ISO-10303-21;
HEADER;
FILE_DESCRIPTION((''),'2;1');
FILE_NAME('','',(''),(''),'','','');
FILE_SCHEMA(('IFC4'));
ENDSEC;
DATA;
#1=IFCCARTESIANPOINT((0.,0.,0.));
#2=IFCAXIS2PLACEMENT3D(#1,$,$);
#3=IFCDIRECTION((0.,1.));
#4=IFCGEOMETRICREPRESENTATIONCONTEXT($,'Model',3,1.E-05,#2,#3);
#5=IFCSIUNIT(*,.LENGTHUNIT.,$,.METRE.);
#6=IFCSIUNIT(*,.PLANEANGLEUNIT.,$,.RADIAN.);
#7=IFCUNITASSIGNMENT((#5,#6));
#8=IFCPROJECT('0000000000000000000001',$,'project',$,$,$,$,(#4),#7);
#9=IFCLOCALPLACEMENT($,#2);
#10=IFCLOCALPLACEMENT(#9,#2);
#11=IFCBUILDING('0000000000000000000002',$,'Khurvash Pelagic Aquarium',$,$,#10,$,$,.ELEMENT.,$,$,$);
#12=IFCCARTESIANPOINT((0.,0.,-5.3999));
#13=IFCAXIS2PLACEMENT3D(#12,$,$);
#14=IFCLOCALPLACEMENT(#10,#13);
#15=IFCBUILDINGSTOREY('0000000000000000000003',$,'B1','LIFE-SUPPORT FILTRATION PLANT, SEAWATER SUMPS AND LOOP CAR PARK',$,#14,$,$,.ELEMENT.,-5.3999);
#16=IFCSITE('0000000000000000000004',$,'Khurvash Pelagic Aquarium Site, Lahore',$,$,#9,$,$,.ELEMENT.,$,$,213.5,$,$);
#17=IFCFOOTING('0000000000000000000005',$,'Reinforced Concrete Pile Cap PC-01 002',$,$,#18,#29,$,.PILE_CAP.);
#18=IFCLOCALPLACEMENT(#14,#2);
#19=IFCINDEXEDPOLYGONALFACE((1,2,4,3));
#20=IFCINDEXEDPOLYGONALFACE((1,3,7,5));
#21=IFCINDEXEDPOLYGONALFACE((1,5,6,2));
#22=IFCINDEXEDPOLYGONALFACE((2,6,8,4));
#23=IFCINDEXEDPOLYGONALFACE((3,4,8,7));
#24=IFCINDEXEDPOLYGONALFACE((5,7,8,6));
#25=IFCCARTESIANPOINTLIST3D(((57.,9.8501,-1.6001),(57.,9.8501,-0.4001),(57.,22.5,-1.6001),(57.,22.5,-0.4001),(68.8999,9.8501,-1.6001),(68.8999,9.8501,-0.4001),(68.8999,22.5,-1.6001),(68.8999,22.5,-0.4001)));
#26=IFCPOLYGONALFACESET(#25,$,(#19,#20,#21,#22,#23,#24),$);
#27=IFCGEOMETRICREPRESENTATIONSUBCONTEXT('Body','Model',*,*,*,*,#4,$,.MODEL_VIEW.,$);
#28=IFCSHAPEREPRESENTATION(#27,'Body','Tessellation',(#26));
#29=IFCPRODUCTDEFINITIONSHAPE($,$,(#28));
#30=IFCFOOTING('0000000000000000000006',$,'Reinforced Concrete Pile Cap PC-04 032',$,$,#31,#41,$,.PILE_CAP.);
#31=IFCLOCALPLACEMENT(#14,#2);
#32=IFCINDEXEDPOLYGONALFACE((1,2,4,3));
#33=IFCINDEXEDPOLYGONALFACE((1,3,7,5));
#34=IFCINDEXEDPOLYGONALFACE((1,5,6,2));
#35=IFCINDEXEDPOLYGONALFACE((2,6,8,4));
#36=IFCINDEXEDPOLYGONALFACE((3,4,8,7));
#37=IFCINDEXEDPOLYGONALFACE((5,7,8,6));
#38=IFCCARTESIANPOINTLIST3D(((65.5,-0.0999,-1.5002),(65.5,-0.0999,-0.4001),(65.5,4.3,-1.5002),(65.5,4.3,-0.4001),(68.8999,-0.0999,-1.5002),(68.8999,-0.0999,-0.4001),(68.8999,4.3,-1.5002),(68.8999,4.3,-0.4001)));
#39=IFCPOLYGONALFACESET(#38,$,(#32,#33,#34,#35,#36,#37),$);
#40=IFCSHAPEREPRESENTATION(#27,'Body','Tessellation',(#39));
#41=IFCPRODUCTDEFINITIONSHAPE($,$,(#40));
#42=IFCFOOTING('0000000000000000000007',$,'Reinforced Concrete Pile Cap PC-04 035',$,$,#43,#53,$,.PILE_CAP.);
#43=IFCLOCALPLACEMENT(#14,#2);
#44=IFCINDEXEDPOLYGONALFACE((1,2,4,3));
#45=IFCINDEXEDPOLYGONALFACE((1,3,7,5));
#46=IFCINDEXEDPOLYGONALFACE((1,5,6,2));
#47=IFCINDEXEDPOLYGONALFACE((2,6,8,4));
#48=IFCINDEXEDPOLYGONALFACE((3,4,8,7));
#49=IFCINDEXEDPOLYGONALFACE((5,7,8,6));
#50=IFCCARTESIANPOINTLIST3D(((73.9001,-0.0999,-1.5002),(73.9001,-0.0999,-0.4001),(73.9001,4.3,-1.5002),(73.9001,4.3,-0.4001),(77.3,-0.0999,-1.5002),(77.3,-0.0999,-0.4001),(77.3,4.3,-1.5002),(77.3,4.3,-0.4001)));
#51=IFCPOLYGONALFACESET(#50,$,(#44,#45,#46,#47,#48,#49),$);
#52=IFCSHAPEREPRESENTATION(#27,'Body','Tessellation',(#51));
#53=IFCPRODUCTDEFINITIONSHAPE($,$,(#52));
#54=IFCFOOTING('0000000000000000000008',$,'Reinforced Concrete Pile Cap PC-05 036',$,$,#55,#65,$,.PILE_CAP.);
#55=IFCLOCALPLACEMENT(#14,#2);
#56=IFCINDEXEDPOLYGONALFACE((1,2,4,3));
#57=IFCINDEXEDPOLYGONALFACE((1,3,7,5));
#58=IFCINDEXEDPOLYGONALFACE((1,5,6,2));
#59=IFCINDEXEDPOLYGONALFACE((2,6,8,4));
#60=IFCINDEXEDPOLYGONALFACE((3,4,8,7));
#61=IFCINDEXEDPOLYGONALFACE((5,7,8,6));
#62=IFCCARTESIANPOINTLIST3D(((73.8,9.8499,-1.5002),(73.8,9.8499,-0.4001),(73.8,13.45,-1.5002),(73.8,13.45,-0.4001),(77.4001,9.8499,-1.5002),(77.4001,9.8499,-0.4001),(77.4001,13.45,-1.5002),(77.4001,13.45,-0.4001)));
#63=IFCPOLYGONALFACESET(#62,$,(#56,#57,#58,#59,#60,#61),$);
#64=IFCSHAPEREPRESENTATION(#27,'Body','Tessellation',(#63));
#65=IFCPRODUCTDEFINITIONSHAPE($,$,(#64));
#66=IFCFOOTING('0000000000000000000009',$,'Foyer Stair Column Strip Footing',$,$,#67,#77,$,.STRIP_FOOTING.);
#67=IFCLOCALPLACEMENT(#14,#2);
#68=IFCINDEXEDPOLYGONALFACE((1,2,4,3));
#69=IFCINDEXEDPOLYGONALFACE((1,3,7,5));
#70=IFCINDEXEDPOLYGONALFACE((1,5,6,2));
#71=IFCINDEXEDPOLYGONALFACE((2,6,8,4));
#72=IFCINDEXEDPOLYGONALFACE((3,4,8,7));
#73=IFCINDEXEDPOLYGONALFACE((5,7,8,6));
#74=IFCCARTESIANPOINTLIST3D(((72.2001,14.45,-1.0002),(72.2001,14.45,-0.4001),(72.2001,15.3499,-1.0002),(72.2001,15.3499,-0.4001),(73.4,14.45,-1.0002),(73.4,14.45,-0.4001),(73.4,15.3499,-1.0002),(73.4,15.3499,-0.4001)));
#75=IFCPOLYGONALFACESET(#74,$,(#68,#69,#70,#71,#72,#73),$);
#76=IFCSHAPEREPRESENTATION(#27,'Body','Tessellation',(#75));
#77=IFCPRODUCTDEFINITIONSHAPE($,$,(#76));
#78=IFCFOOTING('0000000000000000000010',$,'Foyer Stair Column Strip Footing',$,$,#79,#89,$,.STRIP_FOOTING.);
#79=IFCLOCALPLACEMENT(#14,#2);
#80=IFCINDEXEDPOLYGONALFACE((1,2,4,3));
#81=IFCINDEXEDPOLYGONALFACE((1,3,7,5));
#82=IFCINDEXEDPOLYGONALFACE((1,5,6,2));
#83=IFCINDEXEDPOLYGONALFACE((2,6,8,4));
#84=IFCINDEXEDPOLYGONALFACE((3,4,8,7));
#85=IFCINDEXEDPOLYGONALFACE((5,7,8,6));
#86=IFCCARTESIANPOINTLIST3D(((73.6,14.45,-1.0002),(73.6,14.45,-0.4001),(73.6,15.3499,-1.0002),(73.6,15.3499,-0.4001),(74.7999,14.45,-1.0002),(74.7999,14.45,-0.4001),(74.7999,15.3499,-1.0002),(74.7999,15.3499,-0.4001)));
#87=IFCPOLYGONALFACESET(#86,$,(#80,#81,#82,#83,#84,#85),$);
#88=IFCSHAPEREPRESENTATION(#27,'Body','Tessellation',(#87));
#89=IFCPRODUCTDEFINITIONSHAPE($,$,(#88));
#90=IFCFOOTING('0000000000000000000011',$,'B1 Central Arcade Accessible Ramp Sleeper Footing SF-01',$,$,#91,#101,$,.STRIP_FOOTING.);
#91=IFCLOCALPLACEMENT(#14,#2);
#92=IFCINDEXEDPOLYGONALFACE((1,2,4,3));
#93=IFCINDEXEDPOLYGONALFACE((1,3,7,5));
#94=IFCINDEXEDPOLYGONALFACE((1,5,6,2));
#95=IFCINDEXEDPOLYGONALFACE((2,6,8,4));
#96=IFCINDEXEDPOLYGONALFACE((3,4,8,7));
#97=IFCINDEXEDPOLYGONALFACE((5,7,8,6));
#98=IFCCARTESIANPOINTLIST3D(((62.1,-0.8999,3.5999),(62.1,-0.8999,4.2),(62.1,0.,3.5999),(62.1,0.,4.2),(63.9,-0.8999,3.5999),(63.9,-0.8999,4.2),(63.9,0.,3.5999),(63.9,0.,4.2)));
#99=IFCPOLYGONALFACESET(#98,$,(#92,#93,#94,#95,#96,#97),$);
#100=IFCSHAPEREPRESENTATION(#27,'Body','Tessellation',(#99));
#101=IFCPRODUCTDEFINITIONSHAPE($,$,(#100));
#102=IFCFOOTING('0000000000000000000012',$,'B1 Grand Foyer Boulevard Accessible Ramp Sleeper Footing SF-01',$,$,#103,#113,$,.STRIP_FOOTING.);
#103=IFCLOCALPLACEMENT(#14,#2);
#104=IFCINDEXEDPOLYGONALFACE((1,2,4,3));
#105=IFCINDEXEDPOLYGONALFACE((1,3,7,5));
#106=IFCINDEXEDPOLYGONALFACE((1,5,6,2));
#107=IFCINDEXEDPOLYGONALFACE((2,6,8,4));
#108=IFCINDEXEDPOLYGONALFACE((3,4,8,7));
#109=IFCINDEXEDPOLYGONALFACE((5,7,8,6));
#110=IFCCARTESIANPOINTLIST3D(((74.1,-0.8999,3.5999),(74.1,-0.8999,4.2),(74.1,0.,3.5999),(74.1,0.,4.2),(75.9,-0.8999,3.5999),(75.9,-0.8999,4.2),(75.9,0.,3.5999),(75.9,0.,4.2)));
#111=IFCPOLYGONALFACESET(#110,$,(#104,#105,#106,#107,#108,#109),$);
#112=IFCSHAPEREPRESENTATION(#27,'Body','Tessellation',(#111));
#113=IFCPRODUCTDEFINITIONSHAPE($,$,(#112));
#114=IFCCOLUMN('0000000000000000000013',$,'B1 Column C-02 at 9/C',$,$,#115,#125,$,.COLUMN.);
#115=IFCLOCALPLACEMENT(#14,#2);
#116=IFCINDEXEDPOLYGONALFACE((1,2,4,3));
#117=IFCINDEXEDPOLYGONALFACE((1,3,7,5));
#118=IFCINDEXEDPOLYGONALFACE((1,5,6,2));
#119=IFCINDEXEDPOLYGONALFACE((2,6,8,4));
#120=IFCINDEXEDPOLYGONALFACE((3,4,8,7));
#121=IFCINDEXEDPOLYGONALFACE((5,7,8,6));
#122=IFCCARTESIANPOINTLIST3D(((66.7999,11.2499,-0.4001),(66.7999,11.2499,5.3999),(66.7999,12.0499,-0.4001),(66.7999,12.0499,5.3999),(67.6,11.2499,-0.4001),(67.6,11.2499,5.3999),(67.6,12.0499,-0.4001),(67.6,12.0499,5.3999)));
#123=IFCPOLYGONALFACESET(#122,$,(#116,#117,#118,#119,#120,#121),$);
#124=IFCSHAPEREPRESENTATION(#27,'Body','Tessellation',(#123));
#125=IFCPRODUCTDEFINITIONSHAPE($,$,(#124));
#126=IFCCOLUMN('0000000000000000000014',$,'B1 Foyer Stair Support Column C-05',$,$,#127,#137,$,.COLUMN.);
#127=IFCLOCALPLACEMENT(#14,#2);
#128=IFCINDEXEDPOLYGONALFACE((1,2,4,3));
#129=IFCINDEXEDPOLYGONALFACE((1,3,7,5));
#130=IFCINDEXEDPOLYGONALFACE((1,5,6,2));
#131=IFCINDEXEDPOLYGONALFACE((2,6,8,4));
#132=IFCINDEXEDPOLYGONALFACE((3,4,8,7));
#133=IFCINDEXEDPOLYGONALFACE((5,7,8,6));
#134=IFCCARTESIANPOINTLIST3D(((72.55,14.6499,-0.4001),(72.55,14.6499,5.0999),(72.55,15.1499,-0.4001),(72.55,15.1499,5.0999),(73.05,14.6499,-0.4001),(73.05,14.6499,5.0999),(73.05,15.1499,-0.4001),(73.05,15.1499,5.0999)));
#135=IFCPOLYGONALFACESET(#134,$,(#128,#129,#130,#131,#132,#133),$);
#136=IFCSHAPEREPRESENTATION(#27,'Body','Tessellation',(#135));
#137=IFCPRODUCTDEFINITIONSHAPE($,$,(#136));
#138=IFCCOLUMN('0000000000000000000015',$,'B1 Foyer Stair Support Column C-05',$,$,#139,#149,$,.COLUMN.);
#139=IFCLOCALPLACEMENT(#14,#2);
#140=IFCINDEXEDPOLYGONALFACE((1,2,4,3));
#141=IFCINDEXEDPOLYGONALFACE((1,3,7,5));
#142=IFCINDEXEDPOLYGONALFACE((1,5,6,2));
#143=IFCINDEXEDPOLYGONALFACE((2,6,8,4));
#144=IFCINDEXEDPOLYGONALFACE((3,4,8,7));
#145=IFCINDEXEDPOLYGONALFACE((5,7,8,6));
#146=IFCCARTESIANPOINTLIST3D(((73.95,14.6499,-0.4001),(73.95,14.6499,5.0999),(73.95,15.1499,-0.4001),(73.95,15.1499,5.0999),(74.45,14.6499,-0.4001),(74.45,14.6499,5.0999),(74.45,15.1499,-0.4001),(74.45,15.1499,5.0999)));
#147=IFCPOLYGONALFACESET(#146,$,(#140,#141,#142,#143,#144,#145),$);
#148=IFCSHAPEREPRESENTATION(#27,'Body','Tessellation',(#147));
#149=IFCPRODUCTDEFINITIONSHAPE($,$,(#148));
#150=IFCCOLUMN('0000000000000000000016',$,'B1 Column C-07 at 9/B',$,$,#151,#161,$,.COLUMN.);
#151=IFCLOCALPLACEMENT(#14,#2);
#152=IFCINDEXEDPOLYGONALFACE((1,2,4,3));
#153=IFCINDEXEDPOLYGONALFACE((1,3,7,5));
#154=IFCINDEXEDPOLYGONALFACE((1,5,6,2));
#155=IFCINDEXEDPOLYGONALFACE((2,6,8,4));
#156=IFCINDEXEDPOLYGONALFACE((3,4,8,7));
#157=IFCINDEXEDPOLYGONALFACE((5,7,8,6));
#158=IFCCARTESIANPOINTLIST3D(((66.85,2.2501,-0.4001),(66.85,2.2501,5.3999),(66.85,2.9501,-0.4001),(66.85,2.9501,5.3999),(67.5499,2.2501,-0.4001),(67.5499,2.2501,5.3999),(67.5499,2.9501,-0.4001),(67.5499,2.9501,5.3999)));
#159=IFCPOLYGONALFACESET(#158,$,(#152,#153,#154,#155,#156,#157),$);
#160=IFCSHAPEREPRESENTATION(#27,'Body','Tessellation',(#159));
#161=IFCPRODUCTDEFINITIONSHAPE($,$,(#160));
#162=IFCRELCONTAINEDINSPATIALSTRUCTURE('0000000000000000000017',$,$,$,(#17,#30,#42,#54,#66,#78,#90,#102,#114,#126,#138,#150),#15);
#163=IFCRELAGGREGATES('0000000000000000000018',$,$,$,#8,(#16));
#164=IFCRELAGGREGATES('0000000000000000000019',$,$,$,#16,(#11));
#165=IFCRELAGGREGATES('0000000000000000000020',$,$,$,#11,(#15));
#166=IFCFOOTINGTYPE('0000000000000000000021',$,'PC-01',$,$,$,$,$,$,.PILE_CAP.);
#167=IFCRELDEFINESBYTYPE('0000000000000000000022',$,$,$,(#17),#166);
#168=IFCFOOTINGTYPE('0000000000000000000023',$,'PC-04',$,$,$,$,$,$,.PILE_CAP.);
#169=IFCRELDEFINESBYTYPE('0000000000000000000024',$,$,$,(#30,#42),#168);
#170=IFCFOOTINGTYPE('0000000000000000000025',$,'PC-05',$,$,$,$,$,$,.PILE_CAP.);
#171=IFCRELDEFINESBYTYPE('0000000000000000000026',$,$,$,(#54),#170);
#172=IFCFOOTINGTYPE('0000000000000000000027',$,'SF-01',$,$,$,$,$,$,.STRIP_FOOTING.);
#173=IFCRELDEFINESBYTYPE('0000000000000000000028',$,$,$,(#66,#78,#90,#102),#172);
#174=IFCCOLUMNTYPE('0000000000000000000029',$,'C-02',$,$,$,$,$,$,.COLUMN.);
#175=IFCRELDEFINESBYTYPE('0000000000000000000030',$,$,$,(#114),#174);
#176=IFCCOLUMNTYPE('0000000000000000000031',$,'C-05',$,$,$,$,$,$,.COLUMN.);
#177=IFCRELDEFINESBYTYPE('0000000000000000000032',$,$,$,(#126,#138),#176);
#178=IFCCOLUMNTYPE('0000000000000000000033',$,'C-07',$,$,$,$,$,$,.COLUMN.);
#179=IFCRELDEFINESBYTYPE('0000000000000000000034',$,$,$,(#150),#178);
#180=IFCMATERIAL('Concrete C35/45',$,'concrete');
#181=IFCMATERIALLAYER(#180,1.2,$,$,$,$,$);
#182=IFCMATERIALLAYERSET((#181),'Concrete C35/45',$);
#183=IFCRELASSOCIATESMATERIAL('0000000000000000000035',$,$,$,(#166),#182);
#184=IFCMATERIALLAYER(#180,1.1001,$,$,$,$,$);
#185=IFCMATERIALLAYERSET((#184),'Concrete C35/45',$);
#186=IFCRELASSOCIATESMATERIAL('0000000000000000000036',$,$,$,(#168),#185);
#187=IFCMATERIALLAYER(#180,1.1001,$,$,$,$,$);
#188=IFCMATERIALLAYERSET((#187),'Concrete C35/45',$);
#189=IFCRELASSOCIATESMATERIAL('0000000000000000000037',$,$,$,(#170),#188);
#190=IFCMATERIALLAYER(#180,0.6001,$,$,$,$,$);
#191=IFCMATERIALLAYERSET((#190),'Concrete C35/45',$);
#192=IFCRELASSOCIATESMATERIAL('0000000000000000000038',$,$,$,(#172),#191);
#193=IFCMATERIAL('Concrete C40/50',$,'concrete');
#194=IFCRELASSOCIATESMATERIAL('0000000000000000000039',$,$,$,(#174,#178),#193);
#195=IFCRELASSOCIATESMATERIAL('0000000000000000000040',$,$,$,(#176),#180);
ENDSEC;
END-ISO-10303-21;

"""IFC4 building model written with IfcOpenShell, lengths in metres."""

from ifc_helpers import new_model, si_unit, direction, frame, origin, origin_2d, place, context, subcontext, project, spatial, rectangle, extrude, material, layer, layer_set, material_profile, profile_set, type_object, element, save


model = new_model("IFC4")

# Units and contexts
model_context = context("Model", 3, precision=1e-05, world=origin(), true_north=direction((0.0, 1.0)))
body_context = subcontext(model_context, "Body", "Model", "MODEL_VIEW")
ifc_project = project(units=[si_unit("LENGTHUNIT", "METRE"), si_unit("PLANEANGLEUNIT", "RADIAN")], contexts=[model_context])

# Site, building, storey
site_placement = place(None, origin())
site = spatial("IfcSite", under=ifc_project, at=site_placement, Name="Khurvash Pelagic Aquarium Site, Lahore", CompositionType="ELEMENT", RefElevation=213.5)
building_placement = place(site_placement, origin())
building = spatial("IfcBuilding", under=site, at=building_placement, Name="Khurvash Pelagic Aquarium", CompositionType="ELEMENT")
storey_placement = place(building_placement, frame((0.0, 0.0, -5.3999)))
storey = spatial("IfcBuildingStorey", under=building, at=storey_placement, Name="B1", Description="LIFE-SUPPORT FILTRATION PLANT, SEAWATER SUMPS AND LOOP CAR PARK", CompositionType="ELEMENT", Elevation=-5.3999)

# Shared definitions
ifc_material_1 = material(Name="Concrete C35/45", Category="concrete")

# Footings
ifc_layer_1 = layer(ifc_material_1, 1.2)
ifc_layer_set_1 = layer_set([ifc_layer_1], Name="Concrete C35/45")
footing_type_1 = type_object("IfcFootingType", Name="PC-01", PredefinedType="PILE_CAP", material=ifc_layer_set_1)
footing_1_placement = place(storey_placement, frame((62.95, 16.175, -1.6001), z_axis=(0.0, 0.0, 1.0), x_axis=(1.0, 0.0, 0.0)))
element("IfcFooting", 1, at=footing_1_placement, inside=storey, type_object=footing_type_1, Name="Reinforced Concrete Pile Cap PC-01 002", PredefinedType="PILE_CAP", context=body_context, shape_type="SweptSolid", body=[
    extrude(rectangle(XDim=11.8999, YDim=12.6499, at=origin_2d()), origin(), (0.0, 0.0, 1.0), 1.2),
])
ifc_layer_2 = layer(ifc_material_1, 1.1001)
ifc_layer_set_2 = layer_set([ifc_layer_2], Name="Concrete C35/45")
footing_type_2 = type_object("IfcFootingType", Name="PC-04", PredefinedType="PILE_CAP", material=ifc_layer_set_2)
for number, where, z_axis, x_axis, name in (
    (2, (67.2, 2.1001, -1.5002), (0.0, 0.0, 1.0), (1.0, 0.0, 0.0), "Reinforced Concrete Pile Cap PC-04 032"),
    (3, (75.6001, 2.1001, -1.5002), (0.0, 0.0, 1.0), (1.0, 0.0, 0.0), "Reinforced Concrete Pile Cap PC-04 035"),
):
    element("IfcFooting", number, at=place(storey_placement, frame(where, z_axis=z_axis, x_axis=x_axis)), inside=storey, type_object=footing_type_2, Name=name, PredefinedType="PILE_CAP", context=body_context, shape_type="SweptSolid", body=[
        extrude(rectangle(XDim=3.3999, YDim=4.3999, at=origin_2d()), origin(), (0.0, 0.0, 1.0), 1.1001),
    ])
ifc_layer_3 = layer(ifc_material_1, 1.1001)
ifc_layer_set_3 = layer_set([ifc_layer_3], Name="Concrete C35/45")
footing_type_3 = type_object("IfcFootingType", Name="PC-05", PredefinedType="PILE_CAP", material=ifc_layer_set_3)
footing_2_placement = place(storey_placement, frame((75.6001, 11.6499, -1.5002), z_axis=(0.0, 0.0, 1.0), x_axis=(1.0, 0.0, 0.0)))
element("IfcFooting", 4, at=footing_2_placement, inside=storey, type_object=footing_type_3, Name="Reinforced Concrete Pile Cap PC-05 036", PredefinedType="PILE_CAP", context=body_context, shape_type="SweptSolid", body=[
    extrude(rectangle(XDim=3.6001, YDim=3.6001, at=origin_2d()), origin(), (0.0, 0.0, 1.0), 1.1001),
])
ifc_layer_4 = layer(ifc_material_1, 0.6001)
ifc_layer_set_4 = layer_set([ifc_layer_4], Name="Concrete C35/45")
footing_type_4 = type_object("IfcFootingType", Name="SF-01", PredefinedType="STRIP_FOOTING", material=ifc_layer_set_4)
for number, where, z_axis, x_axis, name in (
    (5, (72.8, 14.8999, -1.0002), (0.0, 0.0, 1.0), (1.0, 0.0, 0.0), "Foyer Stair Column Strip Footing"),
    (6, (74.2, 14.8999, -1.0002), (0.0, 0.0, 1.0), (1.0, 0.0, 0.0), "Foyer Stair Column Strip Footing"),
):
    element("IfcFooting", number, at=place(storey_placement, frame(where, z_axis=z_axis, x_axis=x_axis)), inside=storey, type_object=footing_type_4, Name=name, PredefinedType="STRIP_FOOTING", context=body_context, shape_type="SweptSolid", body=[
        extrude(rectangle(XDim=1.2, YDim=0.8999, at=origin_2d()), origin(), (0.0, 0.0, 1.0), 0.6001),
    ])
for number, where, z_axis, x_axis, name in (
    (7, (63.0, -0.45, 3.5999), (0.0, 0.0, 1.0), (1.0, 0.0, 0.0), "B1 Central Arcade Accessible Ramp Sleeper Footing SF-01"),
    (8, (75.0, -0.45, 3.5999), (0.0, 0.0, 1.0), (1.0, 0.0, 0.0), "B1 Grand Foyer Boulevard Accessible Ramp Sleeper Footing SF-01"),
):
    element("IfcFooting", number, at=place(storey_placement, frame(where, z_axis=z_axis, x_axis=x_axis)), inside=storey, type_object=footing_type_4, Name=name, PredefinedType="STRIP_FOOTING", context=body_context, shape_type="SweptSolid", body=[
        extrude(rectangle(XDim=1.8, YDim=0.8999, at=origin_2d()), origin(), (0.0, 0.0, 1.0), 0.6001),
    ])

# Columns
ifc_material_2 = material(Name="Concrete C40/50", Category="concrete")
ifc_material_profile_1 = material_profile(ifc_material_2, rectangle(XDim=0.8, YDim=0.8, at=origin_2d()), Name="RC800X800")
ifc_profile_set_1 = profile_set([ifc_material_profile_1], Name="Concrete C40/50")
column_type_1 = type_object("IfcColumnType", Name="C-02", PredefinedType="COLUMN", material=ifc_profile_set_1)
column_1_placement = place(storey_placement, frame((67.2, 11.6499, -0.4001), z_axis=(0.0, 0.0, 1.0), x_axis=(1.0, 0.0, 0.0)))
element("IfcColumn", 9, at=column_1_placement, inside=storey, type_object=column_type_1, Name="B1 Column C-02 at 9/C", PredefinedType="COLUMN", context=body_context, shape_type="SweptSolid", body=[
    extrude(rectangle(XDim=0.8, YDim=0.8, at=origin_2d()), origin(), (0.0, 0.0, 1.0), 5.8),
])
ifc_material_profile_2 = material_profile(ifc_material_1, rectangle(XDim=0.5, YDim=0.5, at=origin_2d()), Name="RC500X500")
ifc_profile_set_2 = profile_set([ifc_material_profile_2], Name="Concrete C35/45")
column_type_2 = type_object("IfcColumnType", Name="C-05", PredefinedType="COLUMN", material=ifc_profile_set_2)
for number, where, z_axis, x_axis, name in (
    (10, (72.8, 14.8999, -0.4001), (0.0, 0.0, 1.0), (1.0, 0.0, 0.0), "B1 Foyer Stair Support Column C-05"),
    (11, (74.2, 14.8999, -0.4001), (0.0, 0.0, 1.0), (1.0, 0.0, 0.0), "B1 Foyer Stair Support Column C-05"),
):
    element("IfcColumn", number, at=place(storey_placement, frame(where, z_axis=z_axis, x_axis=x_axis)), inside=storey, type_object=column_type_2, Name=name, PredefinedType="COLUMN", context=body_context, shape_type="SweptSolid", body=[
        extrude(rectangle(XDim=0.5, YDim=0.5, at=origin_2d()), origin(), (0.0, 0.0, 1.0), 5.5),
    ])
ifc_material_profile_3 = material_profile(ifc_material_2, rectangle(XDim=0.7, YDim=0.7, at=origin_2d()), Name="RC700X700")
ifc_profile_set_3 = profile_set([ifc_material_profile_3], Name="Concrete C40/50")
column_type_3 = type_object("IfcColumnType", Name="C-07", PredefinedType="COLUMN", material=ifc_profile_set_3)
column_2_placement = place(storey_placement, frame((67.2, 2.6001, -0.4001), z_axis=(0.0, 0.0, 1.0), x_axis=(1.0, 0.0, 0.0)))
element("IfcColumn", 12, at=column_2_placement, inside=storey, type_object=column_type_3, Name="B1 Column C-07 at 9/B", PredefinedType="COLUMN", context=body_context, shape_type="SweptSolid", body=[
    extrude(rectangle(XDim=0.7, YDim=0.7, at=origin_2d()), origin(), (0.0, 0.0, 1.0), 5.8),
])

save(model, "model.ifc")
